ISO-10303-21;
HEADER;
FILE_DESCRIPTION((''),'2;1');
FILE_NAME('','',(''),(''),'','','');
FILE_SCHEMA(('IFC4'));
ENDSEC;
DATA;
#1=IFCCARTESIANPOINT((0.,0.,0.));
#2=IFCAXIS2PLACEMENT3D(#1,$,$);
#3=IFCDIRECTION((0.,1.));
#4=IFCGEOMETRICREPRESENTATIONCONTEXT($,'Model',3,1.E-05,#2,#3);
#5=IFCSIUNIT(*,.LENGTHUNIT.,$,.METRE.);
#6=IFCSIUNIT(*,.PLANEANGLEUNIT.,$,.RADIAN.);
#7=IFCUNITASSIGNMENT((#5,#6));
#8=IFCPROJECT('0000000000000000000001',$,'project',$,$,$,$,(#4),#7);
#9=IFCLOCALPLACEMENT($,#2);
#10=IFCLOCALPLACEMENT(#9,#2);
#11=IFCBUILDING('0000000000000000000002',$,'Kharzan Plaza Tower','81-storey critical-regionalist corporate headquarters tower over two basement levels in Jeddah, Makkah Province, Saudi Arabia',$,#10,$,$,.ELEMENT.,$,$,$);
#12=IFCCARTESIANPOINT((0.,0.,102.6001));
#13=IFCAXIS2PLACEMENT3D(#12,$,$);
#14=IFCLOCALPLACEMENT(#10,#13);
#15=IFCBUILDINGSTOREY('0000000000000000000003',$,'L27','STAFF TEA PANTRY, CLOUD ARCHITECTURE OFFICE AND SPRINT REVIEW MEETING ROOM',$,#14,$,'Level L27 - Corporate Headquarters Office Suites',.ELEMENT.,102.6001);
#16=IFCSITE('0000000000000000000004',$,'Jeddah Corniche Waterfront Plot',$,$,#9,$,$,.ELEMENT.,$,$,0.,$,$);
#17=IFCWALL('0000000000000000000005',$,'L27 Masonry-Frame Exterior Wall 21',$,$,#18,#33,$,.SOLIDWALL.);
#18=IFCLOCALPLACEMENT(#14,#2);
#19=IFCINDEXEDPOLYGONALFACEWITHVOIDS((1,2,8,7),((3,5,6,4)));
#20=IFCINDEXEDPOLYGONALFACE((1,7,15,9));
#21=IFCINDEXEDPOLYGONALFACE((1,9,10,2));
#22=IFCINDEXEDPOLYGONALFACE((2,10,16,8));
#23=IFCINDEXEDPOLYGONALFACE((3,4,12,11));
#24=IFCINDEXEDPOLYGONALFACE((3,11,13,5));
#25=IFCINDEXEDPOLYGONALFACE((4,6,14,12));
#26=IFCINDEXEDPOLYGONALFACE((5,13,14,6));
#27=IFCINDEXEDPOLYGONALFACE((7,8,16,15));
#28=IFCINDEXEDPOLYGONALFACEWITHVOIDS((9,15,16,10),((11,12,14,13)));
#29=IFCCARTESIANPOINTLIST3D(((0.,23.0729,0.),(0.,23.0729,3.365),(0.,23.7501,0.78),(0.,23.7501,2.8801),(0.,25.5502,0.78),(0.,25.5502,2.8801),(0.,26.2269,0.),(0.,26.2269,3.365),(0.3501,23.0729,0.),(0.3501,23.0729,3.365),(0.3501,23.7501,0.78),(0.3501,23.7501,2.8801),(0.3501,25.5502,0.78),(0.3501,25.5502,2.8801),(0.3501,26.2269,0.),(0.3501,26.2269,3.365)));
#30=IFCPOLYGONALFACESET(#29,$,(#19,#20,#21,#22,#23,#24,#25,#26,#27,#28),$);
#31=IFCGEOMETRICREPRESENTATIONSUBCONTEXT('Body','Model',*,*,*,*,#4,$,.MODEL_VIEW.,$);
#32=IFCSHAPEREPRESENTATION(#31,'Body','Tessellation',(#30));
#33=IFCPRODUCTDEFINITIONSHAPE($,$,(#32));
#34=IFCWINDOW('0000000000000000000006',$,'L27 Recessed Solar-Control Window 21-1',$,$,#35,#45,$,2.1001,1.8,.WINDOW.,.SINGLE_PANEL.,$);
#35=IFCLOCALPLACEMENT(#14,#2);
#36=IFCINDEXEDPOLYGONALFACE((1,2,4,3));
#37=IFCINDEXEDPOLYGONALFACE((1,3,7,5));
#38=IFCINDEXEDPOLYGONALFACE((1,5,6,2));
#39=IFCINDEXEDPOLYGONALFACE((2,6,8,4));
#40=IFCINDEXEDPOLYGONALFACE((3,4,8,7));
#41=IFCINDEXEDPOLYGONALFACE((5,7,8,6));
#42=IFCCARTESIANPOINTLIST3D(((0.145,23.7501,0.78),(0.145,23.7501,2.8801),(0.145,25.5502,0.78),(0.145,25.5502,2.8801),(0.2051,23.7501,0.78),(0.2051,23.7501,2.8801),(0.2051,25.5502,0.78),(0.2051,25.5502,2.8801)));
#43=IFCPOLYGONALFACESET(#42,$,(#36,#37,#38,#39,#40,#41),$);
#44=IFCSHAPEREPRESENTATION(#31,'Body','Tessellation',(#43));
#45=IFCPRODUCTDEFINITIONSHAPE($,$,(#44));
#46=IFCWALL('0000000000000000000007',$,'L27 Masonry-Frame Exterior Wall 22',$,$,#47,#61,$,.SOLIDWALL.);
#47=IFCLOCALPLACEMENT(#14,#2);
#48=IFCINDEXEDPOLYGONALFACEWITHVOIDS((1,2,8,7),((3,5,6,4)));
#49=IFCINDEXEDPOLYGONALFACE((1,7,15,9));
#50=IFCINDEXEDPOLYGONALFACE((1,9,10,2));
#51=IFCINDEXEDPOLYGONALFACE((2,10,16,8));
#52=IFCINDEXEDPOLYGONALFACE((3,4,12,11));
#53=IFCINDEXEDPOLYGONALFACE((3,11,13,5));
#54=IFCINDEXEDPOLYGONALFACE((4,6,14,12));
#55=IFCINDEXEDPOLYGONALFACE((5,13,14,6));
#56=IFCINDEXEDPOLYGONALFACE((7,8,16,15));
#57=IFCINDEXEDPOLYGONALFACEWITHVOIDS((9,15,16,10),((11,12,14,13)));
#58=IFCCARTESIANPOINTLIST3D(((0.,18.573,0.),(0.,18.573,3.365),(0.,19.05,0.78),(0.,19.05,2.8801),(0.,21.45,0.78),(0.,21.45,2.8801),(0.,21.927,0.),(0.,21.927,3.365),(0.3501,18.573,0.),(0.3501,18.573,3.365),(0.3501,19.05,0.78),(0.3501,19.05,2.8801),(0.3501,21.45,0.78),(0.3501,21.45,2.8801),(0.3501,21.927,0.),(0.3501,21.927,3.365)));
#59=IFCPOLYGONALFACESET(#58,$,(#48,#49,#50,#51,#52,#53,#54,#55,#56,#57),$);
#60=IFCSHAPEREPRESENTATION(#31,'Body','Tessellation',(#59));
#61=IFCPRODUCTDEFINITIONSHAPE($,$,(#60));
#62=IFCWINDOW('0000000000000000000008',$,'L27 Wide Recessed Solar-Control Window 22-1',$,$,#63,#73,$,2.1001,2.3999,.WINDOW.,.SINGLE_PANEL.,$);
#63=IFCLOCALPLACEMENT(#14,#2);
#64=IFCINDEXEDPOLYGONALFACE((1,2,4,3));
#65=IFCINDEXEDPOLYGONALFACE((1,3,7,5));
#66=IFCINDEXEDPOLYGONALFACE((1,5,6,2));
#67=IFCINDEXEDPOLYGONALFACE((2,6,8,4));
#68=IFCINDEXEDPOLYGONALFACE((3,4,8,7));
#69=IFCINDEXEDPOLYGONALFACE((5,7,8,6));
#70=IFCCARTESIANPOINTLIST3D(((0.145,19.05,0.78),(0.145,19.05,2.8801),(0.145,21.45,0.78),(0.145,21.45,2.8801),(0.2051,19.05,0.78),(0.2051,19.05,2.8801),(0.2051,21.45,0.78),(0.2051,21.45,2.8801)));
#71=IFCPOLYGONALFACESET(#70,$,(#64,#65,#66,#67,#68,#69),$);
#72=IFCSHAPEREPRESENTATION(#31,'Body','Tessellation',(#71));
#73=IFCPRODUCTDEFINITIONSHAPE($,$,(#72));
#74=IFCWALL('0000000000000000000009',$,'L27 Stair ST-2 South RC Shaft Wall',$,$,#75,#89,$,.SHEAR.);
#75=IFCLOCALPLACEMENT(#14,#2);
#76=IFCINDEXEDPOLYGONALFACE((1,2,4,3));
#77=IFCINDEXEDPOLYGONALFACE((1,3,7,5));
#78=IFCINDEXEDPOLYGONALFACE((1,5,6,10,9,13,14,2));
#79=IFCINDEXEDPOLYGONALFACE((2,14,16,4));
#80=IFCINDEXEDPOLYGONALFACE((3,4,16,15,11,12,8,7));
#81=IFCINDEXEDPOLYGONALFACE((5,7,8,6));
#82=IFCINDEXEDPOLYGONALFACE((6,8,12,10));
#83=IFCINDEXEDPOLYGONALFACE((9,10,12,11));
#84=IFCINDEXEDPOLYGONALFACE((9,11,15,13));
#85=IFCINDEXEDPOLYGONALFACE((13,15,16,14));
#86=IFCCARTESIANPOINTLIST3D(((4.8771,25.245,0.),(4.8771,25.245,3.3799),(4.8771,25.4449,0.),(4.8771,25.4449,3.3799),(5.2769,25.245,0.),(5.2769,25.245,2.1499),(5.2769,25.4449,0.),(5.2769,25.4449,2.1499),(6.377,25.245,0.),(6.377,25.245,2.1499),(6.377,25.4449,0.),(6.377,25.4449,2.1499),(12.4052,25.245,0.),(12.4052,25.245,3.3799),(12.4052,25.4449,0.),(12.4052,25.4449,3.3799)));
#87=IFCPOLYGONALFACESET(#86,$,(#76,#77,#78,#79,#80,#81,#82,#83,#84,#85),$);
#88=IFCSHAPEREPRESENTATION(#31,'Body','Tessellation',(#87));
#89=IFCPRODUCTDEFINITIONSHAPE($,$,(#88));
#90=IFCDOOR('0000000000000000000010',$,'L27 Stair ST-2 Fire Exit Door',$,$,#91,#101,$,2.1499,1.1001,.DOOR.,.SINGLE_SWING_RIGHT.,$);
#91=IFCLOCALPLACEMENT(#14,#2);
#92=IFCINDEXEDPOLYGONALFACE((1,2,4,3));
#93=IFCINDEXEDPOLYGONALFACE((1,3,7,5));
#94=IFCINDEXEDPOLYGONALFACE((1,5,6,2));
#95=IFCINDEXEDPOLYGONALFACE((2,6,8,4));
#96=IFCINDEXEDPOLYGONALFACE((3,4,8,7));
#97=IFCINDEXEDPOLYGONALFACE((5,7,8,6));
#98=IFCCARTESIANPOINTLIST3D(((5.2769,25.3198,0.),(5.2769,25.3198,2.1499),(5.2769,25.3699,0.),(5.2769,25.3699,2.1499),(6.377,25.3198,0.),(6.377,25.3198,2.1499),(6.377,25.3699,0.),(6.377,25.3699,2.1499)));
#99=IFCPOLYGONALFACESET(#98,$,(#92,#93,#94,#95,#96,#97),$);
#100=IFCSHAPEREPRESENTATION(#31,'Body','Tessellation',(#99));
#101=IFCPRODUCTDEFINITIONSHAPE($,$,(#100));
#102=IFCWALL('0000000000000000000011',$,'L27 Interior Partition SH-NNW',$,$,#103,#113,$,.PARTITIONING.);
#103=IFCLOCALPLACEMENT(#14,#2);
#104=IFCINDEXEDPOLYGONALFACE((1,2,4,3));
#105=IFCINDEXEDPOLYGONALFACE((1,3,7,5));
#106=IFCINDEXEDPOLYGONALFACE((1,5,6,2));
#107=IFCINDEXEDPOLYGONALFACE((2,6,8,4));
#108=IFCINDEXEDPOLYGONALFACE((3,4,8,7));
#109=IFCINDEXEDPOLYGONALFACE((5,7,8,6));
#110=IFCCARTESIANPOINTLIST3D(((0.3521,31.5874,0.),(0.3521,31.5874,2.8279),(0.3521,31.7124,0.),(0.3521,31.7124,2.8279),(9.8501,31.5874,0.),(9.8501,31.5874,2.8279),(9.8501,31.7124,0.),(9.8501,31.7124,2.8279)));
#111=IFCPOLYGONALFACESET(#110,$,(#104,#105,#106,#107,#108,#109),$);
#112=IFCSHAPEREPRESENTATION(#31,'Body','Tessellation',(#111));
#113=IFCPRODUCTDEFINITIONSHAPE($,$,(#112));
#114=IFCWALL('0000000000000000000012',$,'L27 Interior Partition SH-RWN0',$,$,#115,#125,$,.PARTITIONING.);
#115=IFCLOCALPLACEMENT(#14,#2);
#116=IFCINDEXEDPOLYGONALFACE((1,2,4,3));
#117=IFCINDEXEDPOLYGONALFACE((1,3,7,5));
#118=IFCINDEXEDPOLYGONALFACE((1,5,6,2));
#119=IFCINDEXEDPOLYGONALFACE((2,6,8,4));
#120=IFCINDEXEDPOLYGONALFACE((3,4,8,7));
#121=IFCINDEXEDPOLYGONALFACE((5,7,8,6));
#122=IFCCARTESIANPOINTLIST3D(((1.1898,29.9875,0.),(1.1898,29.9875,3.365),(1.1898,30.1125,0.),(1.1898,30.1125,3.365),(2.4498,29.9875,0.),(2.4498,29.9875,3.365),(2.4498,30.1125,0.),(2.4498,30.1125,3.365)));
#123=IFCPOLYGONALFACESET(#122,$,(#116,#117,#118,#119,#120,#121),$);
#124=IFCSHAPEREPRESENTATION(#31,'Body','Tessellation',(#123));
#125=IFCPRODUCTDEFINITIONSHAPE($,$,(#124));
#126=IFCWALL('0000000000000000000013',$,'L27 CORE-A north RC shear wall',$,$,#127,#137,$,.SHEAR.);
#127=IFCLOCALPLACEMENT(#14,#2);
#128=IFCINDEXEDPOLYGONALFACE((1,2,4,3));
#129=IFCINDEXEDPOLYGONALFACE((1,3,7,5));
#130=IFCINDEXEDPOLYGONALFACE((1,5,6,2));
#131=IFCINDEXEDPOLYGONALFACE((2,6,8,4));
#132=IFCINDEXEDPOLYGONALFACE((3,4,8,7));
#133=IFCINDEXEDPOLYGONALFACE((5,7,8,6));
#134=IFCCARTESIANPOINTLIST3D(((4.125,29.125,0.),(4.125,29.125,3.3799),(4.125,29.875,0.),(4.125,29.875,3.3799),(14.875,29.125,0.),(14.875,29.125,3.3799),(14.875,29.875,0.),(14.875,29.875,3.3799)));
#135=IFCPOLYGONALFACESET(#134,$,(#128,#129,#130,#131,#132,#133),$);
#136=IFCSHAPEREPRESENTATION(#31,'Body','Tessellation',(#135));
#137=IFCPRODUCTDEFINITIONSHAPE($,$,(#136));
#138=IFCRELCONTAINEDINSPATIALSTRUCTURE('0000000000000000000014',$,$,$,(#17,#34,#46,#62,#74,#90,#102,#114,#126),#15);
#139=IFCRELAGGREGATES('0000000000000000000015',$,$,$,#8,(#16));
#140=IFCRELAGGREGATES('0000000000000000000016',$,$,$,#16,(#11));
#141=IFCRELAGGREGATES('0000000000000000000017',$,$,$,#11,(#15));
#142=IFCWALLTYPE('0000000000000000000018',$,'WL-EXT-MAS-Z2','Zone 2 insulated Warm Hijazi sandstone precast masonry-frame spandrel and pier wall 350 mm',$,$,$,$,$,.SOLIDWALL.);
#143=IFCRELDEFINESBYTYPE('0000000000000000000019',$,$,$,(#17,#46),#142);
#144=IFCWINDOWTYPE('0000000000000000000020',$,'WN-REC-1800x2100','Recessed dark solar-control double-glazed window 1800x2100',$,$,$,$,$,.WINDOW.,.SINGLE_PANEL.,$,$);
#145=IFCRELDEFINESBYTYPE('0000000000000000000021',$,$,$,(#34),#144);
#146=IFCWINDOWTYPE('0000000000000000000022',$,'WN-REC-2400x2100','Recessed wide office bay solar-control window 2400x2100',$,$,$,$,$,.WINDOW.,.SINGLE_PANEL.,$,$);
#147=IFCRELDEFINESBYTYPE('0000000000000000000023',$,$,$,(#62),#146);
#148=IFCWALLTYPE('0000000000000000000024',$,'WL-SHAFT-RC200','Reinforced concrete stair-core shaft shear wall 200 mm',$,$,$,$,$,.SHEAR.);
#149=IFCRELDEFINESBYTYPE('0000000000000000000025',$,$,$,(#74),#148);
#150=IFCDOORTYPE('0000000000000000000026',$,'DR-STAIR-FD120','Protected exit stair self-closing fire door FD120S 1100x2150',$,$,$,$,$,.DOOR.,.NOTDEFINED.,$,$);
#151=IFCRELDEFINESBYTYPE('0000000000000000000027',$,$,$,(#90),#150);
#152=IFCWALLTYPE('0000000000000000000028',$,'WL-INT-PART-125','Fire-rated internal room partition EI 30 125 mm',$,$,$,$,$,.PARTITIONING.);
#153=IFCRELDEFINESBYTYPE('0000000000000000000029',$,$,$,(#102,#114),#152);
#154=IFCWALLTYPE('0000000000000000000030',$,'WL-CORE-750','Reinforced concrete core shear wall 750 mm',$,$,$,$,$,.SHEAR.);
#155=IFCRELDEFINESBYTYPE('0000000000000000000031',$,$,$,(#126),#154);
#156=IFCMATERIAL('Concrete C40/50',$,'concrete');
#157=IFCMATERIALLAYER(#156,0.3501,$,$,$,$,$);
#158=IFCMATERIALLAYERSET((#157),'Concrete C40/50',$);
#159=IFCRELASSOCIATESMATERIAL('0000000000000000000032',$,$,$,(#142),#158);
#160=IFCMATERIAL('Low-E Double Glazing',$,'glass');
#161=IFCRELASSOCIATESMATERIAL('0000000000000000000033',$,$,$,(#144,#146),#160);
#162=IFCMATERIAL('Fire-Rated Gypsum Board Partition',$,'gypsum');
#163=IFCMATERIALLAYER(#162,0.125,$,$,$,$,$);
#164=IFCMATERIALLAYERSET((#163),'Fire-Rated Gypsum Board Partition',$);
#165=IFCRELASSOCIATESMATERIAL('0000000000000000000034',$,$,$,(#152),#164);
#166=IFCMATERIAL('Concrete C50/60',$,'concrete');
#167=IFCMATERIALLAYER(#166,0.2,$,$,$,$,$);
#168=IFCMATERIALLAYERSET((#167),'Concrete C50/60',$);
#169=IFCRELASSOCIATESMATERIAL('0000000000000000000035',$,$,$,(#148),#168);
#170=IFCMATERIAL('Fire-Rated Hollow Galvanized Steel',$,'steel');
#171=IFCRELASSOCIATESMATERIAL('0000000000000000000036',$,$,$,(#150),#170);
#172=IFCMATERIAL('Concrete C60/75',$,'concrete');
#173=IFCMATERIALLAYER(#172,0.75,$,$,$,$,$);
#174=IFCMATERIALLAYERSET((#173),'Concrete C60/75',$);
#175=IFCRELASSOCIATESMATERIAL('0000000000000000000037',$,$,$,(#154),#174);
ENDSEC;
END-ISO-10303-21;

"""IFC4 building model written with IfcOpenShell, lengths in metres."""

from ifc_helpers import new_model, si_unit, direction, frame, frame_2d, origin, place, context, subcontext, project, spatial, rectangle, extrude, source, transform, mapped, material, layer, layer_set, type_object, element, fill, save


model = new_model("IFC4")

# Units and contexts
model_context = context("Model", 3, precision=1e-05, world=origin(), true_north=direction((0.0, 1.0)))
body_context = subcontext(model_context, "Body", "Model", "MODEL_VIEW")
ifc_project = project(units=[si_unit("LENGTHUNIT", "METRE"), si_unit("PLANEANGLEUNIT", "RADIAN")], contexts=[model_context])

# Site, building, storey
site_placement = place(None, origin())
site = spatial("IfcSite", under=ifc_project, at=site_placement, Name="Jeddah Corniche Waterfront Plot", CompositionType="ELEMENT", RefElevation=0.0)
building_placement = place(site_placement, origin())
building = spatial("IfcBuilding", under=site, at=building_placement, Name="Kharzan Plaza Tower", Description="81-storey critical-regionalist corporate headquarters tower over two basement levels in Jeddah, Makkah Province, Saudi Arabia", CompositionType="ELEMENT")
storey_placement = place(building_placement, frame((0.0, 0.0, 102.6001)))
storey = spatial("IfcBuildingStorey", under=building, at=storey_placement, Name="L27", Description="STAFF TEA PANTRY, CLOUD ARCHITECTURE OFFICE AND SPRINT REVIEW MEETING ROOM", LongName="Level L27 - Corporate Headquarters Office Suites", CompositionType="ELEMENT", Elevation=102.6001)

# Shared definitions
ifc_material_1 = material(Name="Concrete C60/75", Category="concrete")

# Walls, openings, windows
ifc_material_2 = material(Name="Concrete C40/50", Category="concrete")
ifc_layer_1 = layer(ifc_material_2, 0.3501)
ifc_layer_set_1 = layer_set([ifc_layer_1], Name="Concrete C40/50")
wall_type_1 = type_object("IfcWallType", Name="WL-EXT-MAS-Z2", Description="Zone 2 insulated Warm Hijazi sandstone precast masonry-frame spandrel and pier wall 350 mm", PredefinedType="SOLIDWALL", material=ifc_layer_set_1)
ifc_material_3 = material(Name="Low-E Double Glazing", Category="glass")
window_type_1 = type_object("IfcWindowType", Name="WN-REC-1800x2100", Description="Recessed dark solar-control double-glazed window 1800x2100", PartitioningType="SINGLE_PANEL", PredefinedType="WINDOW", material=ifc_material_3)
shared_shape_1 = source(origin(), body_context, "Body", "SweptSolid", [
    extrude(rectangle(XDim=1.8, YDim=2.1001, at=frame_2d((0.8999, 1.05))), frame((0.0, 0.03, 0.0), z_axis=(0.0, -1.0, 0.0), x_axis=(1.0, 0.0, 0.0)), (0.0, 0.0, 1.0), 0.0601),
])
wall_1_placement = place(storey_placement, frame((0.175, 26.2271, 0.0), z_axis=(0.0, 0.0, 1.0), x_axis=(0.0, -1.0, 0.0)))
wall_1 = element("IfcWall", 1, at=wall_1_placement, inside=storey, type_object=wall_type_1, Name="L27 Masonry-Frame Exterior Wall 21", PredefinedType="SOLIDWALL", context=body_context, shape_type="SweptSolid", body=[
    extrude(rectangle(XDim=3.1541, YDim=0.3501, at=frame_2d((1.5771, 0.0))), origin(), (0.0, 0.0, 1.0), 3.365),
])
opening_1_placement = place(wall_1_placement, frame((0.677, 0.0, 0.78)))
opening_1 = element("IfcOpeningElement", 2, at=opening_1_placement, cuts=wall_1, PredefinedType="OPENING", context=body_context, shape_type="SweptSolid", body=[
    extrude(rectangle(XDim=1.8, YDim=2.1001, at=frame_2d((0.8999, 1.05))), frame((0.0, 0.1851, 0.0), z_axis=(0.0, -1.0, 0.0), x_axis=(1.0, 0.0, 0.0)), (0.0, 0.0, 1.0), 0.3701),
])
window_1_placement = place(opening_1_placement, origin())
window_1 = element("IfcWindow", 3, at=window_1_placement, inside=storey, type_object=window_type_1, Name="L27 Recessed Solar-Control Window 21-1", OverallHeight=2.1001, OverallWidth=1.8, PartitioningType="SINGLE_PANEL", PredefinedType="WINDOW", context=body_context, shape_type="MappedRepresentation", body=[
    mapped(shared_shape_1, transform((0.0, 0.0, 0.0), x_axis=(1.0, 0.0, 0.0), y_axis=(0.0, 1.0, 0.0), z_axis=(0.0, 0.0, 1.0))),
])
fill(opening_1, window_1)
wall_2_placement = place(storey_placement, frame((0.175, 21.927, 0.0), z_axis=(0.0, 0.0, 1.0), x_axis=(0.0, -1.0, 0.0)))
wall_2 = element("IfcWall", 4, at=wall_2_placement, inside=storey, type_object=wall_type_1, Name="L27 Masonry-Frame Exterior Wall 22", PredefinedType="SOLIDWALL", context=body_context, shape_type="SweptSolid", body=[
    extrude(rectangle(XDim=3.354, YDim=0.3501, at=frame_2d((1.677, 0.0))), origin(), (0.0, 0.0, 1.0), 3.365),
])
opening_2_placement = place(wall_2_placement, frame((0.4771, 0.0, 0.78)))
opening_2 = element("IfcOpeningElement", 5, at=opening_2_placement, cuts=wall_2, PredefinedType="OPENING", context=body_context, shape_type="SweptSolid", body=[
    extrude(rectangle(XDim=2.3999, YDim=2.1001, at=frame_2d((1.2, 1.05))), frame((0.0, 0.1851, 0.0), z_axis=(0.0, -1.0, 0.0), x_axis=(1.0, 0.0, 0.0)), (0.0, 0.0, 1.0), 0.3701),
])
window_type_2 = type_object("IfcWindowType", Name="WN-REC-2400x2100", Description="Recessed wide office bay solar-control window 2400x2100", PartitioningType="SINGLE_PANEL", PredefinedType="WINDOW", material=ifc_material_3)
shared_shape_2 = source(origin(), body_context, "Body", "SweptSolid", [
    extrude(rectangle(XDim=2.3999, YDim=2.1001, at=frame_2d((1.2, 1.05))), frame((0.0, 0.03, 0.0), z_axis=(0.0, -1.0, 0.0), x_axis=(1.0, 0.0, 0.0)), (0.0, 0.0, 1.0), 0.0601),
])
window_2_placement = place(opening_2_placement, origin())
window_2 = element("IfcWindow", 6, at=window_2_placement, inside=storey, type_object=window_type_2, Name="L27 Wide Recessed Solar-Control Window 22-1", OverallHeight=2.1001, OverallWidth=2.3999, PartitioningType="SINGLE_PANEL", PredefinedType="WINDOW", context=body_context, shape_type="MappedRepresentation", body=[
    mapped(shared_shape_2, transform((0.0, 0.0, 0.0), x_axis=(1.0, 0.0, 0.0), y_axis=(0.0, 1.0, 0.0), z_axis=(0.0, 0.0, 1.0))),
])
fill(opening_2, window_2)

# Wall, opening, door
ifc_material_4 = material(Name="Fire-Rated Gypsum Board Partition", Category="gypsum")
ifc_layer_2 = layer(ifc_material_4, 0.125)
ifc_layer_set_2 = layer_set([ifc_layer_2], Name="Fire-Rated Gypsum Board Partition")
wall_type_2 = type_object("IfcWallType", Name="WL-INT-PART-125", Description="Fire-rated internal room partition EI 30 125 mm", PredefinedType="PARTITIONING", material=ifc_layer_set_2)
ifc_material_5 = material(Name="Concrete C50/60", Category="concrete")
ifc_layer_3 = layer(ifc_material_5, 0.2)
ifc_layer_set_3 = layer_set([ifc_layer_3], Name="Concrete C50/60")
wall_type_3 = type_object("IfcWallType", Name="WL-SHAFT-RC200", Description="Reinforced concrete stair-core shaft shear wall 200 mm", PredefinedType="SHEAR", material=ifc_layer_set_3)
wall_3_placement = place(storey_placement, frame((4.877, 25.345, 0.0), z_axis=(0.0, 0.0, 1.0), x_axis=(1.0, 0.0, 0.0)))
wall_3 = element("IfcWall", 7, at=wall_3_placement, inside=storey, type_object=wall_type_3, Name="L27 Stair ST-2 South RC Shaft Wall", PredefinedType="SHEAR", context=body_context, shape_type="SweptSolid", body=[
    extrude(rectangle(XDim=7.5281, YDim=0.2, at=frame_2d((3.7642, 0.0))), origin(), (0.0, 0.0, 1.0), 3.3799),
])
opening_3_placement = place(wall_3_placement, frame((0.3999, 0.0, 0.0)))
opening_3 = element("IfcOpeningElement", 8, at=opening_3_placement, cuts=wall_3, PredefinedType="OPENING", context=body_context, shape_type="SweptSolid", body=[
    extrude(rectangle(XDim=1.1001, YDim=2.1499, at=frame_2d((0.55, 1.075))), frame((0.0, 0.1099, 0.0), z_axis=(0.0, -1.0, 0.0), x_axis=(1.0, 0.0, 0.0)), (0.0, 0.0, 1.0), 0.22),
])
ifc_material_6 = material(Name="Fire-Rated Hollow Galvanized Steel", Category="steel")
door_type_1 = type_object("IfcDoorType", Name="DR-STAIR-FD120", Description="Protected exit stair self-closing fire door FD120S 1100x2150", OperationType="NOTDEFINED", PredefinedType="DOOR", material=ifc_material_6)
shared_shape_3 = source(origin(), body_context, "Body", "SweptSolid", [
    extrude(rectangle(XDim=1.1001, YDim=2.1499, at=frame_2d((0.55, 1.075))), frame((0.0, 0.0249, 0.0), z_axis=(0.0, -1.0, 0.0), x_axis=(1.0, 0.0, 0.0)), (0.0, 0.0, 1.0), 0.05),
])
door_1_placement = place(opening_3_placement, origin())
door_1 = element("IfcDoor", 9, at=door_1_placement, inside=storey, type_object=door_type_1, Name="L27 Stair ST-2 Fire Exit Door", OperationType="SINGLE_SWING_RIGHT", OverallHeight=2.1499, OverallWidth=1.1001, PredefinedType="DOOR", context=body_context, shape_type="MappedRepresentation", body=[
    mapped(shared_shape_3, transform((0.0, 0.0, 0.0), x_axis=(1.0, 0.0, 0.0), y_axis=(0.0, 1.0, 0.0), z_axis=(0.0, 0.0, 1.0))),
])
fill(opening_3, door_1)

# Walls
shared_shape_4 = source(origin(), body_context, "Body", "SweptSolid", [
    extrude(rectangle(XDim=9.498, YDim=0.125, at=frame_2d((4.749, 0.0))), origin(), (0.0, 0.0, 1.0), 2.8279),
])
wall_4_placement = place(storey_placement, frame((0.3521, 31.6499, 0.0), z_axis=(0.0, 0.0, 1.0), x_axis=(1.0, 0.0, 0.0)))
element("IfcWall", 10, at=wall_4_placement, inside=storey, type_object=wall_type_2, Name="L27 Interior Partition SH-NNW", PredefinedType="PARTITIONING", context=body_context, shape_type="MappedRepresentation", body=[
    mapped(shared_shape_4, transform((0.0, 0.0, 0.0), x_axis=(1.0, 0.0, 0.0), y_axis=(0.0, 1.0, 0.0), z_axis=(0.0, 0.0, 1.0))),
])
shared_shape_5 = source(origin(), body_context, "Body", "SweptSolid", [
    extrude(rectangle(XDim=1.26, YDim=0.125, at=frame_2d((0.6299, 0.0))), origin(), (0.0, 0.0, 1.0), 3.365),
])
wall_5_placement = place(storey_placement, frame((1.1899, 30.05, 0.0), z_axis=(0.0, 0.0, 1.0), x_axis=(1.0, 0.0, 0.0)))
element("IfcWall", 11, at=wall_5_placement, inside=storey, type_object=wall_type_2, Name="L27 Interior Partition SH-RWN0", PredefinedType="PARTITIONING", context=body_context, shape_type="MappedRepresentation", body=[
    mapped(shared_shape_5, transform((0.0, 0.0, 0.0), x_axis=(1.0, 0.0, 0.0), y_axis=(0.0, 1.0, 0.0), z_axis=(0.0, 0.0, 1.0))),
])
ifc_layer_4 = layer(ifc_material_1, 0.75)
ifc_layer_set_4 = layer_set([ifc_layer_4], Name="Concrete C60/75")
wall_type_4 = type_object("IfcWallType", Name="WL-CORE-750", Description="Reinforced concrete core shear wall 750 mm", PredefinedType="SHEAR", material=ifc_layer_set_4)
shared_shape_6 = source(origin(), body_context, "Body", "SweptSolid", [
    extrude(rectangle(XDim=10.75, YDim=0.75, at=frame_2d((5.375, 0.0))), origin(), (0.0, 0.0, 1.0), 3.3799),
])
wall_6_placement = place(storey_placement, frame((4.125, 29.5, 0.0), z_axis=(0.0, 0.0, 1.0), x_axis=(1.0, 0.0, 0.0)))
element("IfcWall", 12, at=wall_6_placement, inside=storey, type_object=wall_type_4, Name="L27 CORE-A north RC shear wall", PredefinedType="SHEAR", context=body_context, shape_type="MappedRepresentation", body=[
    mapped(shared_shape_6, transform((0.0, 0.0, 0.0), x_axis=(1.0, 0.0, 0.0), y_axis=(0.0, 1.0, 0.0), z_axis=(0.0, 0.0, 1.0))),
])

save(model, "model.ifc")
